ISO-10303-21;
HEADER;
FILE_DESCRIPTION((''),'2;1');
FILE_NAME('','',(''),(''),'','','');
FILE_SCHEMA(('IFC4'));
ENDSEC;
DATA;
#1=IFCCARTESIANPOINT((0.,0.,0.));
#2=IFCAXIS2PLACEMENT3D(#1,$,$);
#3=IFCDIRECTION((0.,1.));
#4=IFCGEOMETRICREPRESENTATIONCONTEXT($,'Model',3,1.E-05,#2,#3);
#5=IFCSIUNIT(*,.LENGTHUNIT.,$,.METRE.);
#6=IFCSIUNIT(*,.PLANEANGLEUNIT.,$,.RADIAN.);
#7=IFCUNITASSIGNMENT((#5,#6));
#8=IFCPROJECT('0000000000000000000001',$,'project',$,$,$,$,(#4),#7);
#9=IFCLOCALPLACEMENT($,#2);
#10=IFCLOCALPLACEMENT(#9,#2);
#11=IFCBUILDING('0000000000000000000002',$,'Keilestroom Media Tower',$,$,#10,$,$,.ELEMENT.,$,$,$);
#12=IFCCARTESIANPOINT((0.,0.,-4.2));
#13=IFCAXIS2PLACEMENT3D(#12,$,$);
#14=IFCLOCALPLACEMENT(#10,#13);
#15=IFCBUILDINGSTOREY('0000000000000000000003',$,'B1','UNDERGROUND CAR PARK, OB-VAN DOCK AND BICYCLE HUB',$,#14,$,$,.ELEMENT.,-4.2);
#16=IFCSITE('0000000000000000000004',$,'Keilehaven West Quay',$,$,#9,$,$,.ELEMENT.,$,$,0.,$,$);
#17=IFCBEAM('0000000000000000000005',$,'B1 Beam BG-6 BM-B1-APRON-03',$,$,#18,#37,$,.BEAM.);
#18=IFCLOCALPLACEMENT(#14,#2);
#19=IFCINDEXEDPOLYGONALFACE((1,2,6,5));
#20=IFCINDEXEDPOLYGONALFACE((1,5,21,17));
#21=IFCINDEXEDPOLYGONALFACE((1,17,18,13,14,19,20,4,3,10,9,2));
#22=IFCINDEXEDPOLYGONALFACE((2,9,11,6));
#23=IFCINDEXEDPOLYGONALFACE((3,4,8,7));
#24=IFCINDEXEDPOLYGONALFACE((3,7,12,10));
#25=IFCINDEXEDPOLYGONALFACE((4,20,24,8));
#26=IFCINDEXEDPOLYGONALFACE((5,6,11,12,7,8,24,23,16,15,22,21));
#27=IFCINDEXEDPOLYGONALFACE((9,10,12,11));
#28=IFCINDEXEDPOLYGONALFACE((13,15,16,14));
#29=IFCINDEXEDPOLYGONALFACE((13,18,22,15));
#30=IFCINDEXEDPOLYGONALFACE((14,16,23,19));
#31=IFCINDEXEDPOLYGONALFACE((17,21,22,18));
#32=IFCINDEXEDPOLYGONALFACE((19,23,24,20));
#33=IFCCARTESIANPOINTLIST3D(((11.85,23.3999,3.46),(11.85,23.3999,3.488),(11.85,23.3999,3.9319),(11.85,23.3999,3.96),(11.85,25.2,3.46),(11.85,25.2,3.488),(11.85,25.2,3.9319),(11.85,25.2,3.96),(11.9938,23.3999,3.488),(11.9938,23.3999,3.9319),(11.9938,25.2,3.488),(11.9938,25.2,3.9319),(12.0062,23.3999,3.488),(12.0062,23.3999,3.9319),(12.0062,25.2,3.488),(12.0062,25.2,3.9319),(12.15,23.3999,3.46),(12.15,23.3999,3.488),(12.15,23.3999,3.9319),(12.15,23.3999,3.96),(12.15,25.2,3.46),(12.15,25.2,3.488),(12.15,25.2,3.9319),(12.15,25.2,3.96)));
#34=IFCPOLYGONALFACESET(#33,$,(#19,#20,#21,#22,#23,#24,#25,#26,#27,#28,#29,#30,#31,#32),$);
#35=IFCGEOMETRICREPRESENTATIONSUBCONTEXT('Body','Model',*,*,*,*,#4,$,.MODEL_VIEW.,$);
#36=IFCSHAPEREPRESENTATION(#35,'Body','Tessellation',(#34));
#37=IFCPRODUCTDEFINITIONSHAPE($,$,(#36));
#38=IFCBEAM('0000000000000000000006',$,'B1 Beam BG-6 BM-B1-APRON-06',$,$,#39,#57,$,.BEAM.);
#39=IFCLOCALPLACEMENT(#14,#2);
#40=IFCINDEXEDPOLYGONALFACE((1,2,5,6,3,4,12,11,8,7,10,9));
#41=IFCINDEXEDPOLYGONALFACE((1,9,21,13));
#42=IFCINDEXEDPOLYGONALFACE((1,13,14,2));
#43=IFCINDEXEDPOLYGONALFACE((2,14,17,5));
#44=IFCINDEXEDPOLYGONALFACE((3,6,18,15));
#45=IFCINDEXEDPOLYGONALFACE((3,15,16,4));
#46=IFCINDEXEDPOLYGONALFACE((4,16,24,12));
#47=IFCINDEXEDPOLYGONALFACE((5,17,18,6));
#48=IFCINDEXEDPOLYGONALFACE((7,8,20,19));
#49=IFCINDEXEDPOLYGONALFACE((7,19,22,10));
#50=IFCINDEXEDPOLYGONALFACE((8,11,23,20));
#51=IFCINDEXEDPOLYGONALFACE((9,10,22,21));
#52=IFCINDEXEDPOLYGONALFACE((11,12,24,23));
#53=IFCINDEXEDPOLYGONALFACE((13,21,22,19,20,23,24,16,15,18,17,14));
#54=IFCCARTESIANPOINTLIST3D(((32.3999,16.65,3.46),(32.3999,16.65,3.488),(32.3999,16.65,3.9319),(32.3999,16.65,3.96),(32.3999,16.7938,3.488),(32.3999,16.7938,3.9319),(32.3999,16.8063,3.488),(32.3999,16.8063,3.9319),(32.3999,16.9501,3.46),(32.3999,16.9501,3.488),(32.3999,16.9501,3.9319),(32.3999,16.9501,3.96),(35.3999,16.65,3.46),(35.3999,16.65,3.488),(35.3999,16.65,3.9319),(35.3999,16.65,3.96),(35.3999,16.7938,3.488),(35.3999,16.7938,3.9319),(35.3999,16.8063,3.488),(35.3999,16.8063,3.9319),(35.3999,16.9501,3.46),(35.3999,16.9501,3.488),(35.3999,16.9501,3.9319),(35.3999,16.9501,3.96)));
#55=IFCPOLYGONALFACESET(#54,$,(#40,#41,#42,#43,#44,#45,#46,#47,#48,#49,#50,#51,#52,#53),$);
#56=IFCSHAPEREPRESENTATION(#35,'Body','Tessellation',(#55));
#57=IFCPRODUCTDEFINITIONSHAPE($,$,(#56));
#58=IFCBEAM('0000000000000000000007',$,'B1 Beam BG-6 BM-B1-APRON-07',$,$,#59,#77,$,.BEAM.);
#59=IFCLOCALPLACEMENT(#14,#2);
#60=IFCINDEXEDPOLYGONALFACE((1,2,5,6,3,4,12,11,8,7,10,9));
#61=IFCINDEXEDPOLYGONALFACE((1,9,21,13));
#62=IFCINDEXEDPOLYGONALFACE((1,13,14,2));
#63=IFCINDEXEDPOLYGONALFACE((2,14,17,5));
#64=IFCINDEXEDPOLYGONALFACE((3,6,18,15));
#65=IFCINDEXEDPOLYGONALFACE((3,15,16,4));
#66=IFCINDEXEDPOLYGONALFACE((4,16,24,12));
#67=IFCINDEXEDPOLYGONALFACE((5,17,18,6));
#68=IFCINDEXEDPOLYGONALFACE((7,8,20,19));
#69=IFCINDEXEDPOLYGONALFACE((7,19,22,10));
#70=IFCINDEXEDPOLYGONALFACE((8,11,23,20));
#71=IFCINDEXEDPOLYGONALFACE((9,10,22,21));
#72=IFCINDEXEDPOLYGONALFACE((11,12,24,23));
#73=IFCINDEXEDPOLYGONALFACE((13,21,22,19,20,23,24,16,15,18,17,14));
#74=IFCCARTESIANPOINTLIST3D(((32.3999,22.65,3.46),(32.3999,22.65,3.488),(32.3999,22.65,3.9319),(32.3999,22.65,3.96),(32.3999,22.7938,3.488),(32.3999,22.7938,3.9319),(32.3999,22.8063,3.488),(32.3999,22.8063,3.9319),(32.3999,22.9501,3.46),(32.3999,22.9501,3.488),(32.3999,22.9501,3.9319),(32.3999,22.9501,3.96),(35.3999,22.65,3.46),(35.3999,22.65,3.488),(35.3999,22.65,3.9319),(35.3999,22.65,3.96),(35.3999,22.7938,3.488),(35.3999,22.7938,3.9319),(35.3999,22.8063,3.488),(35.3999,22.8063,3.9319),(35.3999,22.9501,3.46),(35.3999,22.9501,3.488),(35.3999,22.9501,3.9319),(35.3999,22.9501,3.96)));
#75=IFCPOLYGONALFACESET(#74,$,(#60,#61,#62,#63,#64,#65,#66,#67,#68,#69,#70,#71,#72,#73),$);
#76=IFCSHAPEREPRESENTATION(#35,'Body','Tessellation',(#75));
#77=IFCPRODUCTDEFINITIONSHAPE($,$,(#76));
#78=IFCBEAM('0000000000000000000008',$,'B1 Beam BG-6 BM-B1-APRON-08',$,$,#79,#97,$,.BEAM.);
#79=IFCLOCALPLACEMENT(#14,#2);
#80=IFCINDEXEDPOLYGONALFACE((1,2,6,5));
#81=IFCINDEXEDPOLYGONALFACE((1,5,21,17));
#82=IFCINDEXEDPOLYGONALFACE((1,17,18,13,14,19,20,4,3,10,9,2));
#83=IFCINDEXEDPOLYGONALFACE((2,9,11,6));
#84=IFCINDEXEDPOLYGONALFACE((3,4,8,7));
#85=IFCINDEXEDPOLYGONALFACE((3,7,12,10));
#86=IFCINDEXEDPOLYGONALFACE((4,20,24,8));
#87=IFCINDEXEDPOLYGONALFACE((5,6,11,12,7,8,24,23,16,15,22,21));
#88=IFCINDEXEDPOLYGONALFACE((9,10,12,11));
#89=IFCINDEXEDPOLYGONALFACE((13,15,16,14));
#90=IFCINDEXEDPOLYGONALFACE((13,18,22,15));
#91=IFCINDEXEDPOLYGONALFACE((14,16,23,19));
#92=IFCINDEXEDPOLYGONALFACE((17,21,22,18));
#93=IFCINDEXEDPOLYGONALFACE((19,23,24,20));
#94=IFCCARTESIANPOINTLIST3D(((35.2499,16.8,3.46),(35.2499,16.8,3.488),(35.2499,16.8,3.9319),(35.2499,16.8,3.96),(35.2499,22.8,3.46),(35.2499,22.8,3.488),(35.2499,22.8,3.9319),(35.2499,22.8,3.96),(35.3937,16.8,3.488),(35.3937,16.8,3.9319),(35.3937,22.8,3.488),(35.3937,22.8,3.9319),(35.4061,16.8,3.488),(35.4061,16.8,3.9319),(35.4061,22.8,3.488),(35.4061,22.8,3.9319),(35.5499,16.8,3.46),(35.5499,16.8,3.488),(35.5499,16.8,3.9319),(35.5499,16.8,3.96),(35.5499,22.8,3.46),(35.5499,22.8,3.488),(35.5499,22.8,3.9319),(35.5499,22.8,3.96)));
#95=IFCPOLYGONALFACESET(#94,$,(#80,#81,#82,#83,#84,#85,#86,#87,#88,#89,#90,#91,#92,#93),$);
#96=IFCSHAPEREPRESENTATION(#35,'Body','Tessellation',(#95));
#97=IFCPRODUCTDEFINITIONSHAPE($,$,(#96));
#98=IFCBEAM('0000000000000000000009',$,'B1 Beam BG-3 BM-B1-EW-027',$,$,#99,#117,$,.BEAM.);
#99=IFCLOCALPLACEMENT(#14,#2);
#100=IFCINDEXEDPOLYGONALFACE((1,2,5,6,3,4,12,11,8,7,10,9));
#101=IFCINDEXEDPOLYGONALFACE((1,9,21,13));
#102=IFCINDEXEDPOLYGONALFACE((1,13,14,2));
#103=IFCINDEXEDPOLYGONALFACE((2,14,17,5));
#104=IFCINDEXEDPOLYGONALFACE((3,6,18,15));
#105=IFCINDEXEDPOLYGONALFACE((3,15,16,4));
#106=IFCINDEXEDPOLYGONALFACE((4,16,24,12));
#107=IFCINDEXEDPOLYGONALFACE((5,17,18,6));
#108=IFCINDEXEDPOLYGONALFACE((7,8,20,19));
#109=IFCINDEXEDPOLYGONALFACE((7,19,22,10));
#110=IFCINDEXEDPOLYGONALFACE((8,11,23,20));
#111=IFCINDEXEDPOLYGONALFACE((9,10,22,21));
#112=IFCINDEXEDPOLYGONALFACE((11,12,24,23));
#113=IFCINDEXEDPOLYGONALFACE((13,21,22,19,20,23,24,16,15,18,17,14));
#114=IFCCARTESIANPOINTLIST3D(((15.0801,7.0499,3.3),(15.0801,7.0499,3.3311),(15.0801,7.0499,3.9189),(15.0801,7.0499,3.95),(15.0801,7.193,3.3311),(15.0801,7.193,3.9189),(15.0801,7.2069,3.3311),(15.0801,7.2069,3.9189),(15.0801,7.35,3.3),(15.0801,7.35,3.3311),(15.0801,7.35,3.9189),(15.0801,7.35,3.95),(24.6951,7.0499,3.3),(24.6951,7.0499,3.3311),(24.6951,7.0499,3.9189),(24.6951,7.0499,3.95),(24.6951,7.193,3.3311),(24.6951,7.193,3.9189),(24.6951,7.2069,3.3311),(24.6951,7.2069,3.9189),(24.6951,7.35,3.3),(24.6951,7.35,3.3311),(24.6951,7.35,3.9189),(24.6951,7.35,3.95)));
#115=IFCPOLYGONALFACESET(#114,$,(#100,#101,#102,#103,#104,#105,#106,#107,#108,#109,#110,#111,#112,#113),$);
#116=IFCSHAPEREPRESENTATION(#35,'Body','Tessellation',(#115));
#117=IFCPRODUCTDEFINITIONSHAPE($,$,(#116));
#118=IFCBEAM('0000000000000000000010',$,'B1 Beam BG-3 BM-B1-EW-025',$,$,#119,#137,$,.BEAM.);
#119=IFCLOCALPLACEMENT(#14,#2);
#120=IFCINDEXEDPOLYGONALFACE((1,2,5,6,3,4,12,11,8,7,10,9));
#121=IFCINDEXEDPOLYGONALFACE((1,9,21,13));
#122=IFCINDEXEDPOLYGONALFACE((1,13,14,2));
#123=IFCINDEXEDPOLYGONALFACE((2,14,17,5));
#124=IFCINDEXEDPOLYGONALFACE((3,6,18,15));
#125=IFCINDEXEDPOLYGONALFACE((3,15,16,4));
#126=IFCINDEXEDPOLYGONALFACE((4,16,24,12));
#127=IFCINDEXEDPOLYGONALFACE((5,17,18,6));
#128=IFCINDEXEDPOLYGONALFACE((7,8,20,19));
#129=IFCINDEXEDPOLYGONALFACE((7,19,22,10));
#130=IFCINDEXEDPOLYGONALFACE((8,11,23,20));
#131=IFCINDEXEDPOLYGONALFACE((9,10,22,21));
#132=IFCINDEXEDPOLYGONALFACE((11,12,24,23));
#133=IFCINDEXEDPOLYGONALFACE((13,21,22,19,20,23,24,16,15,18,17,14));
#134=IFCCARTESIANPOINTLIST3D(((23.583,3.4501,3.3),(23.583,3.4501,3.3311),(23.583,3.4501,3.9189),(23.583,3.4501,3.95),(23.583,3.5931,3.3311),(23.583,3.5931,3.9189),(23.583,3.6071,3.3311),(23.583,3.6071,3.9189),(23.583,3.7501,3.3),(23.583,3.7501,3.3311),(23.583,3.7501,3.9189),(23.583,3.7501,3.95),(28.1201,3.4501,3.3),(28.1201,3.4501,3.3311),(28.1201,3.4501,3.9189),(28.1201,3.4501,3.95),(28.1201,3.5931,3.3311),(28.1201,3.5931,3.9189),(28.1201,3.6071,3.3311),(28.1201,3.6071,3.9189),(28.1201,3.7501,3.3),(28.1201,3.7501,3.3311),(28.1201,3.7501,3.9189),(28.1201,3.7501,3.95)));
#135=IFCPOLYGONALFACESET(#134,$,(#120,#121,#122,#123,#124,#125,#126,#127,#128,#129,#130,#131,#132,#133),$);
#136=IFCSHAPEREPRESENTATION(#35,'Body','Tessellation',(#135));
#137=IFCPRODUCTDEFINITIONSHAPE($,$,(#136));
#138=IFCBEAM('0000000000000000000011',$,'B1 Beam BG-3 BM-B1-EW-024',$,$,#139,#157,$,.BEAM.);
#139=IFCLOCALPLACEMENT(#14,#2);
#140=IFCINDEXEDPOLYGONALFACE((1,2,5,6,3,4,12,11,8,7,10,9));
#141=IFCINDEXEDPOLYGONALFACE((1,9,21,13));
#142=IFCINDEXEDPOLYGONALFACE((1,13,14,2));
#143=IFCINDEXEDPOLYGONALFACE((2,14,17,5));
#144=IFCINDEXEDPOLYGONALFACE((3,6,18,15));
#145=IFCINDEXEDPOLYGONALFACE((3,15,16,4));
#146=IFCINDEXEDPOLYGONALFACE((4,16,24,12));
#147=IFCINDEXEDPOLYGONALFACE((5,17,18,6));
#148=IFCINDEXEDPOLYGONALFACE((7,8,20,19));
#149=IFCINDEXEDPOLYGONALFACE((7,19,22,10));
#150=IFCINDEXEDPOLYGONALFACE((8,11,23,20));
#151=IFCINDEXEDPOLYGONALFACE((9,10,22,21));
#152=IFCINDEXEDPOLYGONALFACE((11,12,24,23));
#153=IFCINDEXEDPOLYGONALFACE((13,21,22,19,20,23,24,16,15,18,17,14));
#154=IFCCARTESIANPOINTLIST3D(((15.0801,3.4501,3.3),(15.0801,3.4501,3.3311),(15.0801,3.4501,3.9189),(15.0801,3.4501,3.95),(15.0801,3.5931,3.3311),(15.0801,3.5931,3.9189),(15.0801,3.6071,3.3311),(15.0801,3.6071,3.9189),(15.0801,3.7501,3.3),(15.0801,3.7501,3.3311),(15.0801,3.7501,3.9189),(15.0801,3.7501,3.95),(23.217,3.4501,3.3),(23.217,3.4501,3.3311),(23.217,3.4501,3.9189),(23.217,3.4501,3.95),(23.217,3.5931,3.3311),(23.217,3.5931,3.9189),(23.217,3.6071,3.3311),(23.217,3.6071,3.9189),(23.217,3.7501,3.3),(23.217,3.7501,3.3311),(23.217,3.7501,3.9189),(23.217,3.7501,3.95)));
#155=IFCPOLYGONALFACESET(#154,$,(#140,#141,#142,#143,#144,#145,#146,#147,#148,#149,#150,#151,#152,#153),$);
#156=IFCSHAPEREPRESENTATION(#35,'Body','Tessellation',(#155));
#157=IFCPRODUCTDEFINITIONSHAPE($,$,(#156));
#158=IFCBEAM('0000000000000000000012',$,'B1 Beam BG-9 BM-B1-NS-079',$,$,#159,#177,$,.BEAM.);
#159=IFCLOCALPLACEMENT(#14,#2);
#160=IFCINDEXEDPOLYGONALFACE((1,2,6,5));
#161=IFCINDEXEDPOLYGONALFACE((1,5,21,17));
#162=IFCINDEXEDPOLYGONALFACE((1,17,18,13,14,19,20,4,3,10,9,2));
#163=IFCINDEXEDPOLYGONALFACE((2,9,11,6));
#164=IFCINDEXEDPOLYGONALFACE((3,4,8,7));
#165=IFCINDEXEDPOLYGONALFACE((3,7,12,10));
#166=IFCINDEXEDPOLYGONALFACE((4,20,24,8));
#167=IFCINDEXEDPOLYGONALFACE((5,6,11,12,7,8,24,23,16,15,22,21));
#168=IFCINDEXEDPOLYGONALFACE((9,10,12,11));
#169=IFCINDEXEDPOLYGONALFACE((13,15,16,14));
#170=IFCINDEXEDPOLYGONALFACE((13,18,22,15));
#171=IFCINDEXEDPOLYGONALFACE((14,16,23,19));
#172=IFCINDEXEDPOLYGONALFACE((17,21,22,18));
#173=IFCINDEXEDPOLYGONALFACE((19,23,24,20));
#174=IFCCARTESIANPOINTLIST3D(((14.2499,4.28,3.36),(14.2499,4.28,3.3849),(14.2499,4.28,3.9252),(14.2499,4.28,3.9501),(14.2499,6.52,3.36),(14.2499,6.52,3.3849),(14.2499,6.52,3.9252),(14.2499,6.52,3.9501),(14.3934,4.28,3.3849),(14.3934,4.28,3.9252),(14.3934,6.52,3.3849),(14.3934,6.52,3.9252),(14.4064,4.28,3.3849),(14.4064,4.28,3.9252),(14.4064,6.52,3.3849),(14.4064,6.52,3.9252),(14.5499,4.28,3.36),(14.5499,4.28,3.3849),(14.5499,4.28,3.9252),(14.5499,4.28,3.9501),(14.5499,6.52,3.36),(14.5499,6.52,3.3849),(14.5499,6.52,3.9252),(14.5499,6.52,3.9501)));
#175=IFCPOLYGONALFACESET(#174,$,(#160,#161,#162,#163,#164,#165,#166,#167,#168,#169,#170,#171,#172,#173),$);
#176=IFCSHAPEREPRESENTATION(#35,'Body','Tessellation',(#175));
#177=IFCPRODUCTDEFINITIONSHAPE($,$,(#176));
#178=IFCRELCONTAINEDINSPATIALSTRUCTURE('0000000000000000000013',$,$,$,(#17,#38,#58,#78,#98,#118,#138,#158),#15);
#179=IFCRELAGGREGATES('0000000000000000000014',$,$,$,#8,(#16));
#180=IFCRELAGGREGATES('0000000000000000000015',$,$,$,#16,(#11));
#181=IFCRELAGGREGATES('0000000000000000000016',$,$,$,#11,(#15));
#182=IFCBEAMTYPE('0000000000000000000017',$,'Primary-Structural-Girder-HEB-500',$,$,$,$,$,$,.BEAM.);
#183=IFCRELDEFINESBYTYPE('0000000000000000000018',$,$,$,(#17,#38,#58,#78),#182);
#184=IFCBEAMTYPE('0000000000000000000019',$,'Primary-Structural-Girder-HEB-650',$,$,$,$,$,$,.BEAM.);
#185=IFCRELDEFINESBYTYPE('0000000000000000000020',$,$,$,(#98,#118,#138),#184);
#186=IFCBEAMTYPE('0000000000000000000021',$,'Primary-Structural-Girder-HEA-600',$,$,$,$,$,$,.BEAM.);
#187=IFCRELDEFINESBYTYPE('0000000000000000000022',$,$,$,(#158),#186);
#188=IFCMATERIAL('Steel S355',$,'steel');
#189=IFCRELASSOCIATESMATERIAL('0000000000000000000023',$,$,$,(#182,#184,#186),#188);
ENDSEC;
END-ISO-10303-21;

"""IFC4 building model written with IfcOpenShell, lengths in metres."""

from ifc_helpers import new_model, si_unit, direction, frame, origin, origin_2d, place, context, subcontext, project, spatial, i_section, extrude, source, transform, mapped, material, material_profile, profile_set, type_object, element, save


model = new_model("IFC4")

# Units and contexts
model_context = context("Model", 3, precision=1e-05, world=origin(), true_north=direction((0.0, 1.0)))
body_context = subcontext(model_context, "Body", "Model", "MODEL_VIEW")
ifc_project = project(units=[si_unit("LENGTHUNIT", "METRE"), si_unit("PLANEANGLEUNIT", "RADIAN")], contexts=[model_context])

# Site, building, storey
site_placement = place(None, origin())
site = spatial("IfcSite", under=ifc_project, at=site_placement, Name="Keilehaven West Quay", CompositionType="ELEMENT", RefElevation=0.0)
building_placement = place(site_placement, origin())
building = spatial("IfcBuilding", under=site, at=building_placement, Name="Keilestroom Media Tower", CompositionType="ELEMENT")
storey_placement = place(building_placement, frame((0.0, 0.0, -4.2)))
storey = spatial("IfcBuildingStorey", under=building, at=storey_placement, Name="B1", Description="UNDERGROUND CAR PARK, OB-VAN DOCK AND BICYCLE HUB", CompositionType="ELEMENT", Elevation=-4.2)

# Beams
ifc_material_1 = material(Name="Steel S355", Category="steel")
ifc_material_profile_1 = material_profile(ifc_material_1, i_section(OverallWidth=0.3, OverallDepth=0.5, WebThickness=0.0125, FlangeThickness=0.0281, at=origin_2d()), Name="HEB 500")
ifc_profile_set_1 = profile_set([ifc_material_profile_1], Name="Steel S355")
beam_type_1 = type_object("IfcBeamType", Name="Primary-Structural-Girder-HEB-500", PredefinedType="BEAM", material=ifc_profile_set_1)
shared_shape_1 = source(origin(), body_context, "Body", "SweptSolid", [
    extrude(i_section(OverallWidth=0.3, OverallDepth=0.5, WebThickness=0.0125, FlangeThickness=0.0281, at=origin_2d()), origin(), (0.0, 0.0, 1.0), 1.8),
])
beam_1_placement = place(storey_placement, frame((12.0, 23.3999, 3.71), z_axis=(0.0, 1.0, 0.0), x_axis=(-1.0, 0.0, 0.0)))
element("IfcBeam", 1, at=beam_1_placement, inside=storey, type_object=beam_type_1, Name="B1 Beam BG-6 BM-B1-APRON-03", PredefinedType="BEAM", context=body_context, shape_type="MappedRepresentation", body=[
    mapped(shared_shape_1, transform((0.0, 0.0, 0.0), x_axis=(1.0, 0.0, 0.0), y_axis=(0.0, 1.0, 0.0), z_axis=(0.0, 0.0, 1.0), scale=1.0)),
])
shared_shape_2 = source(origin(), body_context, "Body", "SweptSolid", [
    extrude(i_section(OverallWidth=0.3, OverallDepth=0.5, WebThickness=0.0125, FlangeThickness=0.0281, at=origin_2d()), origin(), (0.0, 0.0, 1.0), 3.0),
])
for number, where, z_axis, x_axis, name in (
    (2, (32.3999, 16.8, 3.71), (1.0, 0.0, 0.0), (0.0, 1.0, 0.0), "B1 Beam BG-6 BM-B1-APRON-06"),
    (3, (32.3999, 22.8, 3.71), (1.0, 0.0, 0.0), (0.0, 1.0, 0.0), "B1 Beam BG-6 BM-B1-APRON-07"),
):
    element("IfcBeam", number, at=place(storey_placement, frame(where, z_axis=z_axis, x_axis=x_axis)), inside=storey, type_object=beam_type_1, Name=name, PredefinedType="BEAM", context=body_context, shape_type="MappedRepresentation", body=[
        mapped(shared_shape_2, transform((0.0, 0.0, 0.0), x_axis=(1.0, 0.0, 0.0), y_axis=(0.0, 1.0, 0.0), z_axis=(0.0, 0.0, 1.0), scale=1.0)),
    ])
shared_shape_3 = source(origin(), body_context, "Body", "SweptSolid", [
    extrude(i_section(OverallWidth=0.3, OverallDepth=0.5, WebThickness=0.0125, FlangeThickness=0.0281, at=origin_2d()), origin(), (0.0, 0.0, 1.0), 6.0),
])
beam_2_placement = place(storey_placement, frame((35.3999, 16.8, 3.71), z_axis=(0.0, 1.0, 0.0), x_axis=(-1.0, 0.0, 0.0)))
element("IfcBeam", 4, at=beam_2_placement, inside=storey, type_object=beam_type_1, Name="B1 Beam BG-6 BM-B1-APRON-08", PredefinedType="BEAM", context=body_context, shape_type="MappedRepresentation", body=[
    mapped(shared_shape_3, transform((0.0, 0.0, 0.0), x_axis=(1.0, 0.0, 0.0), y_axis=(0.0, 1.0, 0.0), z_axis=(0.0, 0.0, 1.0), scale=1.0)),
])
ifc_material_profile_2 = material_profile(ifc_material_1, i_section(OverallWidth=0.3, OverallDepth=0.6499, WebThickness=0.0139, FlangeThickness=0.031, at=origin_2d()), Name="HEB 650")
ifc_profile_set_2 = profile_set([ifc_material_profile_2], Name="Steel S355")
beam_type_2 = type_object("IfcBeamType", Name="Primary-Structural-Girder-HEB-650", PredefinedType="BEAM", material=ifc_profile_set_2)
shared_shape_4 = source(origin(), body_context, "Body", "SweptSolid", [
    extrude(i_section(OverallWidth=0.3, OverallDepth=0.6499, WebThickness=0.0139, FlangeThickness=0.031, at=origin_2d()), origin(), (0.0, 0.0, 1.0), 9.615),
])
beam_3_placement = place(storey_placement, frame((15.0801, 7.2, 3.625), z_axis=(1.0, 0.0, 0.0), x_axis=(0.0, 1.0, 0.0)))
element("IfcBeam", 5, at=beam_3_placement, inside=storey, type_object=beam_type_2, Name="B1 Beam BG-3 BM-B1-EW-027", PredefinedType="BEAM", context=body_context, shape_type="MappedRepresentation", body=[
    mapped(shared_shape_4, transform((0.0, 0.0, 0.0), x_axis=(1.0, 0.0, 0.0), y_axis=(0.0, 1.0, 0.0), z_axis=(0.0, 0.0, 1.0), scale=1.0)),
])
shared_shape_5 = source(origin(), body_context, "Body", "SweptSolid", [
    extrude(i_section(OverallWidth=0.3, OverallDepth=0.6499, WebThickness=0.0139, FlangeThickness=0.031, at=origin_2d()), origin(), (0.0, 0.0, 1.0), 4.5371),
])
beam_4_placement = place(storey_placement, frame((23.583, 3.6001, 3.625), z_axis=(1.0, 0.0, 0.0), x_axis=(0.0, 1.0, 0.0)))
element("IfcBeam", 6, at=beam_4_placement, inside=storey, type_object=beam_type_2, Name="B1 Beam BG-3 BM-B1-EW-025", PredefinedType="BEAM", context=body_context, shape_type="MappedRepresentation", body=[
    mapped(shared_shape_5, transform((0.0, 0.0, 0.0), x_axis=(1.0, 0.0, 0.0), y_axis=(0.0, 1.0, 0.0), z_axis=(0.0, 0.0, 1.0), scale=1.0)),
])
shared_shape_6 = source(origin(), body_context, "Body", "SweptSolid", [
    extrude(i_section(OverallWidth=0.3, OverallDepth=0.6499, WebThickness=0.0139, FlangeThickness=0.031, at=origin_2d()), origin(), (0.0, 0.0, 1.0), 8.137),
])
beam_5_placement = place(storey_placement, frame((15.0801, 3.6001, 3.625), z_axis=(1.0, 0.0, 0.0), x_axis=(0.0, 1.0, 0.0)))
element("IfcBeam", 7, at=beam_5_placement, inside=storey, type_object=beam_type_2, Name="B1 Beam BG-3 BM-B1-EW-024", PredefinedType="BEAM", context=body_context, shape_type="MappedRepresentation", body=[
    mapped(shared_shape_6, transform((0.0, 0.0, 0.0), x_axis=(1.0, 0.0, 0.0), y_axis=(0.0, 1.0, 0.0), z_axis=(0.0, 0.0, 1.0), scale=1.0)),
])
ifc_material_profile_3 = material_profile(ifc_material_1, i_section(OverallWidth=0.3, OverallDepth=0.5901, WebThickness=0.0129, FlangeThickness=0.0249, at=origin_2d()), Name="HEA 600")
ifc_profile_set_3 = profile_set([ifc_material_profile_3], Name="Steel S355")
beam_type_3 = type_object("IfcBeamType", Name="Primary-Structural-Girder-HEA-600", PredefinedType="BEAM", material=ifc_profile_set_3)
shared_shape_7 = source(origin(), body_context, "Body", "SweptSolid", [
    extrude(i_section(OverallWidth=0.3, OverallDepth=0.5901, WebThickness=0.0129, FlangeThickness=0.0249, at=origin_2d()), origin(), (0.0, 0.0, 1.0), 2.24),
])
beam_6_placement = place(storey_placement, frame((14.3999, 4.28, 3.655), z_axis=(0.0, 1.0, 0.0), x_axis=(-1.0, 0.0, 0.0)))
element("IfcBeam", 8, at=beam_6_placement, inside=storey, type_object=beam_type_3, Name="B1 Beam BG-9 BM-B1-NS-079", PredefinedType="BEAM", context=body_context, shape_type="MappedRepresentation", body=[
    mapped(shared_shape_7, transform((0.0, 0.0, 0.0), x_axis=(1.0, 0.0, 0.0), y_axis=(0.0, 1.0, 0.0), z_axis=(0.0, 0.0, 1.0), scale=1.0)),
])

save(model, "model.ifc")
